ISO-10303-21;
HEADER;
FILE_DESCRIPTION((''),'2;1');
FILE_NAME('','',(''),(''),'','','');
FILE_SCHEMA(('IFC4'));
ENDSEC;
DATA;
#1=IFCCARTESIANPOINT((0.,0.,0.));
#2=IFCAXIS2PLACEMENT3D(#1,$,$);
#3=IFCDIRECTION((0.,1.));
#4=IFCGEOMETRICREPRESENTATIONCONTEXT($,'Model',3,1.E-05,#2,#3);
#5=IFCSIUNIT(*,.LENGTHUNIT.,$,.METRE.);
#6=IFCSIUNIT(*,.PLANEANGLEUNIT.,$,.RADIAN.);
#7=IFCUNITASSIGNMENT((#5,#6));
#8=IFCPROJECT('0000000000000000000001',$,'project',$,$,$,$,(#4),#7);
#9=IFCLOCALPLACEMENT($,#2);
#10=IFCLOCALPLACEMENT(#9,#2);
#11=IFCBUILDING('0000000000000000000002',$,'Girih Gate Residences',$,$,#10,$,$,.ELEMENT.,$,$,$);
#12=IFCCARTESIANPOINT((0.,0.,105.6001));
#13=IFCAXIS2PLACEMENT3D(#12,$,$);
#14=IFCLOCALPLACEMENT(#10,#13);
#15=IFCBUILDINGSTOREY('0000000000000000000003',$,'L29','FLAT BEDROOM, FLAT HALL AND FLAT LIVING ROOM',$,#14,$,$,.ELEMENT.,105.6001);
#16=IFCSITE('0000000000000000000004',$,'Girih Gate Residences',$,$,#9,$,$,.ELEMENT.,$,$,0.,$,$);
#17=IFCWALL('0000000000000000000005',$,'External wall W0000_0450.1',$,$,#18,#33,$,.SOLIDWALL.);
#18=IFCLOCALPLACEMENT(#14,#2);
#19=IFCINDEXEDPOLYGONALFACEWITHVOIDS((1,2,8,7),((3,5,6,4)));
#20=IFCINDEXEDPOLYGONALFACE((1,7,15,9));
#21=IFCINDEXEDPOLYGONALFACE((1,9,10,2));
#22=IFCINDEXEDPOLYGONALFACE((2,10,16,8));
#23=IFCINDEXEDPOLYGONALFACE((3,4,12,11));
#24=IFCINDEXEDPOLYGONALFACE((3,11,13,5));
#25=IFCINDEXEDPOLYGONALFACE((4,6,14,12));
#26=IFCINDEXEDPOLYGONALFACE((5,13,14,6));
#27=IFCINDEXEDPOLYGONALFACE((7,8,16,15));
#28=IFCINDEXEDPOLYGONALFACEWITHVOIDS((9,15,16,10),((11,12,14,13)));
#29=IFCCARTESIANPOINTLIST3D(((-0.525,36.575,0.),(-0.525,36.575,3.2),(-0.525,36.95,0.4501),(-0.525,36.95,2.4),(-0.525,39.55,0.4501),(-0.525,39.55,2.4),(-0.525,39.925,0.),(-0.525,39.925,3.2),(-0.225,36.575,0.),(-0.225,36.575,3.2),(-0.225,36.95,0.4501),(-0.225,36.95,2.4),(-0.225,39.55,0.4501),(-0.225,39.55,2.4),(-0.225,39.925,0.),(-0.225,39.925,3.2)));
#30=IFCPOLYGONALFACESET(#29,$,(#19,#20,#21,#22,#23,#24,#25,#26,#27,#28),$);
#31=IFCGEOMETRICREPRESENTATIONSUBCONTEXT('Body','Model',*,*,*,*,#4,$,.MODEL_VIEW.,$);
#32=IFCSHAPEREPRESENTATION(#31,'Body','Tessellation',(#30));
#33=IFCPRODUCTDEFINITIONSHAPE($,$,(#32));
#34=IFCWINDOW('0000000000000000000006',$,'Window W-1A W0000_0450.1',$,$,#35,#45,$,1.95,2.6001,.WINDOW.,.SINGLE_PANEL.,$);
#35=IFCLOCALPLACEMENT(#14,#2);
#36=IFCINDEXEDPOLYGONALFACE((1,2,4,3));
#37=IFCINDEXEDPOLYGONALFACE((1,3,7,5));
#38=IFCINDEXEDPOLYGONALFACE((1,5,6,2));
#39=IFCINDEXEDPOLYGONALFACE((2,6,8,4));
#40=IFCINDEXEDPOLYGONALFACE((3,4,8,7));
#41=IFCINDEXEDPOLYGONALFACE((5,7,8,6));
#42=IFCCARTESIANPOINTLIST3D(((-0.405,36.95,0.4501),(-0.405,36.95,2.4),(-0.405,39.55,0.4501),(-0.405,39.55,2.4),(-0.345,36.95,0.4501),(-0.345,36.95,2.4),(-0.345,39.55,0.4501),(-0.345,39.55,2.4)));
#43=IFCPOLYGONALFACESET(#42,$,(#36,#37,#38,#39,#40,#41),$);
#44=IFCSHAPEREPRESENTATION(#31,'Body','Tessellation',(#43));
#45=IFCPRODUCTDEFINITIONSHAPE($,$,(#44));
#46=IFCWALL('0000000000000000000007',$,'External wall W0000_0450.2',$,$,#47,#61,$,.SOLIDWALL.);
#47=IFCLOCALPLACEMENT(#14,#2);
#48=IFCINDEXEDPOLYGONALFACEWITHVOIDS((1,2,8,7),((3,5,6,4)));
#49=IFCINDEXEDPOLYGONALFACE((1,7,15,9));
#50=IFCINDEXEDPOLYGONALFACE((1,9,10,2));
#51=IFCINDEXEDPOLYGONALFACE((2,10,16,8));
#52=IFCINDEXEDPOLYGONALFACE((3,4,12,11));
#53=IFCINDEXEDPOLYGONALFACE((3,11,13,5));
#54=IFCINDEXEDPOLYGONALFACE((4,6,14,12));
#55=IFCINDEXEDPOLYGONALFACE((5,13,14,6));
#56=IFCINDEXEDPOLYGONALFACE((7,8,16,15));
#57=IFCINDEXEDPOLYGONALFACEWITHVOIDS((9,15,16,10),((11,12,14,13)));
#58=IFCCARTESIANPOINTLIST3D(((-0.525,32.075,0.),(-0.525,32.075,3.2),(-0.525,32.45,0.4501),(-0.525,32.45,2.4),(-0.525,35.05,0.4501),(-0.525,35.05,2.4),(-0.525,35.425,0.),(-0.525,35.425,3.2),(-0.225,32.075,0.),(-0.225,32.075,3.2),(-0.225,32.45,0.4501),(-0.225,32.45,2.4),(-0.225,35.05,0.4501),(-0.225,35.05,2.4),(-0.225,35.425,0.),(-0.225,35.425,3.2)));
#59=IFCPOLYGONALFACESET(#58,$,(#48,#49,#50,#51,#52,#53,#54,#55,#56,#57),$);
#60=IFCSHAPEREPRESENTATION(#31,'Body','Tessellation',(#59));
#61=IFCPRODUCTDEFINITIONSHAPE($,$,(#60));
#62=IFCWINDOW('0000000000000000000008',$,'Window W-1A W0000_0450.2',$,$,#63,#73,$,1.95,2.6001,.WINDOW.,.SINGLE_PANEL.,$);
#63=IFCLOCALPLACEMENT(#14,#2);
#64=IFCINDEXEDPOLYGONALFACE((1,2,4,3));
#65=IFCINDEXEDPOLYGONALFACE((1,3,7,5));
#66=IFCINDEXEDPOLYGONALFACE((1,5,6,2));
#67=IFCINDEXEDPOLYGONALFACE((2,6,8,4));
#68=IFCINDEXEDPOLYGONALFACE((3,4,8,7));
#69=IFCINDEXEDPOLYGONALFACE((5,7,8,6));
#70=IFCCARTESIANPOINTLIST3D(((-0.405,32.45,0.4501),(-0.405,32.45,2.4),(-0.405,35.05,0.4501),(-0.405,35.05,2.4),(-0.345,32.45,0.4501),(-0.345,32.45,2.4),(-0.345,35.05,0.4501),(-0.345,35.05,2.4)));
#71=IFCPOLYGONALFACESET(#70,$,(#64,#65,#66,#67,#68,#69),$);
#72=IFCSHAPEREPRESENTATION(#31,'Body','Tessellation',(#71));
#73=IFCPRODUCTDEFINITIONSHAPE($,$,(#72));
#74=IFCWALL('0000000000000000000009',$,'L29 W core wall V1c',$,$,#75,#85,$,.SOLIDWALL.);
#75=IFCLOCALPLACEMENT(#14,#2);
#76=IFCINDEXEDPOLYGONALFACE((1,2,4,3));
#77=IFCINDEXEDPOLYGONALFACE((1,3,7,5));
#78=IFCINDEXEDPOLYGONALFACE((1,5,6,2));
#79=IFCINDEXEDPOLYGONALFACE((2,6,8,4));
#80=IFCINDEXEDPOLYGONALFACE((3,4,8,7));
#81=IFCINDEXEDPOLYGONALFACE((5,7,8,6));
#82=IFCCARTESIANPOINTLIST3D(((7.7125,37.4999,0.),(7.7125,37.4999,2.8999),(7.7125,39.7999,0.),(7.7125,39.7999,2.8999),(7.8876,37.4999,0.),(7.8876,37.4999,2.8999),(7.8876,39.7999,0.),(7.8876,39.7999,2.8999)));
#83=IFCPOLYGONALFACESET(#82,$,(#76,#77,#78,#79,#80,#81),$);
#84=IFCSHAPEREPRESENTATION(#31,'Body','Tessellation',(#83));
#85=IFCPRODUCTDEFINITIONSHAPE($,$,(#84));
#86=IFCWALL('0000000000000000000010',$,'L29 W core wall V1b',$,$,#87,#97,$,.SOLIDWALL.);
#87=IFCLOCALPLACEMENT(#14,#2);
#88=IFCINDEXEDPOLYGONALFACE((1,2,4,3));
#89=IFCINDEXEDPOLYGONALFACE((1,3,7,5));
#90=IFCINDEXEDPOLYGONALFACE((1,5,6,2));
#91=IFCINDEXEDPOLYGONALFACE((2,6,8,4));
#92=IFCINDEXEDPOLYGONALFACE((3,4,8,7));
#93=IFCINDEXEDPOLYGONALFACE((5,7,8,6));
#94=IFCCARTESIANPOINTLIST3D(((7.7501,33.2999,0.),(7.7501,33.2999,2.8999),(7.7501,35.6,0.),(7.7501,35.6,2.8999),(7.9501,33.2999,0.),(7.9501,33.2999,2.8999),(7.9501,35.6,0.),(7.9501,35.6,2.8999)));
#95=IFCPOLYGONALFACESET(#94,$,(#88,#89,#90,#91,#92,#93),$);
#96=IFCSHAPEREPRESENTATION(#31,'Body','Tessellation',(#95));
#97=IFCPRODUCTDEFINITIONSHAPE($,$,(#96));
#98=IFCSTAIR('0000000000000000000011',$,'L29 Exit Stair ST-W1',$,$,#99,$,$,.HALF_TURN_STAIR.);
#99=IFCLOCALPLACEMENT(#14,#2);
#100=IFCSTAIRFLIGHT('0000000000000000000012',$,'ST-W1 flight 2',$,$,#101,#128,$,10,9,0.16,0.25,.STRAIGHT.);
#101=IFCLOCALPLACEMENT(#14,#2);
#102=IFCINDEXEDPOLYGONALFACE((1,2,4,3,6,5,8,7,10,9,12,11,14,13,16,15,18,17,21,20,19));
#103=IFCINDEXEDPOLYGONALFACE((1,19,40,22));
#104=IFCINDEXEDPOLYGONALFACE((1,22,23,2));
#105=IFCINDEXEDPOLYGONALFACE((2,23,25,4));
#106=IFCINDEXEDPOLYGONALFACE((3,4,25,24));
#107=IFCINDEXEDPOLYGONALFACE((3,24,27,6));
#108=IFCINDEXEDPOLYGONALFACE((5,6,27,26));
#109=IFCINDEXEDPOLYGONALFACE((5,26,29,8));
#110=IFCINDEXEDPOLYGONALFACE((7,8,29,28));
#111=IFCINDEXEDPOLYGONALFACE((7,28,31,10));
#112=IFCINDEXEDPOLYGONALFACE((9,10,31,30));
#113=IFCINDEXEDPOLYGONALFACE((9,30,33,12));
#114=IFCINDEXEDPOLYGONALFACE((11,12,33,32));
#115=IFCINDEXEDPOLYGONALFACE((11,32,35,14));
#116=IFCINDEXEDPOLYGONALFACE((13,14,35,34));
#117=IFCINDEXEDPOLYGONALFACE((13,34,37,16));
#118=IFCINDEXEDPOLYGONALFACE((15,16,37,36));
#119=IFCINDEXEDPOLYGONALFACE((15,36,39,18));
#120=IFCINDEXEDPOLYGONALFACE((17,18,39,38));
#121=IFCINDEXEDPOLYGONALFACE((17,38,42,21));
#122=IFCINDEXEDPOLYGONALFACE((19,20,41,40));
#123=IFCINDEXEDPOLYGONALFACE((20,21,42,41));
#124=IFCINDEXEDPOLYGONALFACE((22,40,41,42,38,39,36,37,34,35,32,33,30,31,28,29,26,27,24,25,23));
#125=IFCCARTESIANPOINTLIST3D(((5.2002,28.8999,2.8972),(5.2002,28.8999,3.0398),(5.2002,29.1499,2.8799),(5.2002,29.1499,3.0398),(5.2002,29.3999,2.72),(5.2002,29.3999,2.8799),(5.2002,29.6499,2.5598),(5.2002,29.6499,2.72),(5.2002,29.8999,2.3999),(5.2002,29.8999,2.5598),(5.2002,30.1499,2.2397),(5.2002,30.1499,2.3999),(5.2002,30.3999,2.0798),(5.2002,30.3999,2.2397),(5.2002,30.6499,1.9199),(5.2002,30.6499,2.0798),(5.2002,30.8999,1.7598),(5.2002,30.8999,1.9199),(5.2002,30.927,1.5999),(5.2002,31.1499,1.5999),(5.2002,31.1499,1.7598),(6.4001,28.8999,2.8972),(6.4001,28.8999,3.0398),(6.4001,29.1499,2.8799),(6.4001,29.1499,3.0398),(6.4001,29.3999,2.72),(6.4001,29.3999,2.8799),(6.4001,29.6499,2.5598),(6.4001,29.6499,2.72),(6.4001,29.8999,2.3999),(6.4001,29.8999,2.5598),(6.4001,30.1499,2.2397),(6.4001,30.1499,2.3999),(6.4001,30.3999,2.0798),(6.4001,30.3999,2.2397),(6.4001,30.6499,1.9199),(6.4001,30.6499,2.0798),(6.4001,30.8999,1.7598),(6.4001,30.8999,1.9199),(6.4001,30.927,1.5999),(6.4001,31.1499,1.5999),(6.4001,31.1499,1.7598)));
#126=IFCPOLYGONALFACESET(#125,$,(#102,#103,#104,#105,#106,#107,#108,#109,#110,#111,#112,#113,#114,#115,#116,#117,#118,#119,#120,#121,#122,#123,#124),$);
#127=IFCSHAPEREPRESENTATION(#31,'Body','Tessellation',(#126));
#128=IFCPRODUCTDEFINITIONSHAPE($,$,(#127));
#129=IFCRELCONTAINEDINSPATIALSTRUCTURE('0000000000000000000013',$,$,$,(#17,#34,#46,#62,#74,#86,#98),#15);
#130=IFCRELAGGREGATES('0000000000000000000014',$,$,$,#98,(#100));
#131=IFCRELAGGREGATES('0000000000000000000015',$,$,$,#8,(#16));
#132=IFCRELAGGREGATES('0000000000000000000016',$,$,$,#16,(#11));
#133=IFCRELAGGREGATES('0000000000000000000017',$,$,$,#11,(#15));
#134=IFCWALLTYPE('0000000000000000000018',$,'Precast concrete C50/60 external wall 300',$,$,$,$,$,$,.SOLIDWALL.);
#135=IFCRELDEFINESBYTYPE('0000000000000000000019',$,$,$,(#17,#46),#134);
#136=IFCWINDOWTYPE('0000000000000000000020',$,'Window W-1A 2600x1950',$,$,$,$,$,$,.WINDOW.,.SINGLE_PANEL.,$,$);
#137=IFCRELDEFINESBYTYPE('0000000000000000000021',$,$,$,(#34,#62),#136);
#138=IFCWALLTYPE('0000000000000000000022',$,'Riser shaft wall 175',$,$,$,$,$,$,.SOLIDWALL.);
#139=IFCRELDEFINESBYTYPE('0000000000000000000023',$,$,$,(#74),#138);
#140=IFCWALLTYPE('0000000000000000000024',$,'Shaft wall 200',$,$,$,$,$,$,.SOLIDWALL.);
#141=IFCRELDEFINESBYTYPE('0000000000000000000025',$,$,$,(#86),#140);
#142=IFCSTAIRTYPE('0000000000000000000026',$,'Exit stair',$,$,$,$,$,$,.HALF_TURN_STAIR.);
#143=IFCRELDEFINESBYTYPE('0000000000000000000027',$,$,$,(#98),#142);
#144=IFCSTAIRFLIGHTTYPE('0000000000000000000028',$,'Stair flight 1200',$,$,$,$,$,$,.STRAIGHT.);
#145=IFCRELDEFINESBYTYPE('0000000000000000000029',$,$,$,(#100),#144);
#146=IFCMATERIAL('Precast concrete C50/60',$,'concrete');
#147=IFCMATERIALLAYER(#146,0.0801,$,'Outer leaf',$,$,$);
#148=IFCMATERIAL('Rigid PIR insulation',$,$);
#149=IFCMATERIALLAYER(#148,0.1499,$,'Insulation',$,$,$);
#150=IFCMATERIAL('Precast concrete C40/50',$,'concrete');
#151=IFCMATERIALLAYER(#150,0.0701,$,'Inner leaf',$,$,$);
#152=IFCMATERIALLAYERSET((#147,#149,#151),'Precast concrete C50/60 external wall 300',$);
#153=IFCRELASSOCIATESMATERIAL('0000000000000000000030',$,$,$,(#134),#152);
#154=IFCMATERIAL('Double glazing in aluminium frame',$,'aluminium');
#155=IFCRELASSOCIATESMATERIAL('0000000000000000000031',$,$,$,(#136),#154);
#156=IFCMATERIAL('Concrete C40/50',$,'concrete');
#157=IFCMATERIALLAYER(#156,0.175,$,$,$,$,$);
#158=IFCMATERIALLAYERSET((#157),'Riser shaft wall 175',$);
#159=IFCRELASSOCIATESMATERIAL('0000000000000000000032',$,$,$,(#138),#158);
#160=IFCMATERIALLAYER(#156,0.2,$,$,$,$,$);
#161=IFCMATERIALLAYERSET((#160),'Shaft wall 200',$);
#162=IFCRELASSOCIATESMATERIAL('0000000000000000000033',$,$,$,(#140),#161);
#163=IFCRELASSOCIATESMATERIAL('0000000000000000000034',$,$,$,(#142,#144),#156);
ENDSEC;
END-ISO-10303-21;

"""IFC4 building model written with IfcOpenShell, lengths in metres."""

from ifc_helpers import new_model, si_unit, direction, frame, frame_2d, origin, place, context, subcontext, project, spatial, polyline, rectangle, outline, extrude, material, layer, layer_set, type_object, element, fill, aggregate, save


model = new_model("IFC4")

# Units and contexts
model_context = context("Model", 3, precision=1e-05, world=origin(), true_north=direction((0.0, 1.0)))
body_context = subcontext(model_context, "Body", "Model", "MODEL_VIEW")
ifc_project = project(units=[si_unit("LENGTHUNIT", "METRE"), si_unit("PLANEANGLEUNIT", "RADIAN")], contexts=[model_context])

# Site, building, storey
site_placement = place(None, origin())
site = spatial("IfcSite", under=ifc_project, at=site_placement, Name="Girih Gate Residences", CompositionType="ELEMENT", RefElevation=0.0)
building_placement = place(site_placement, origin())
building = spatial("IfcBuilding", under=site, at=building_placement, Name="Girih Gate Residences", CompositionType="ELEMENT")
storey_placement = place(building_placement, frame((0.0, 0.0, 105.6001)))
storey = spatial("IfcBuildingStorey", under=building, at=storey_placement, Name="L29", Description="FLAT BEDROOM, FLAT HALL AND FLAT LIVING ROOM", CompositionType="ELEMENT", Elevation=105.6001)

# Shared definitions
ifc_material_1 = material(Name="Concrete C40/50", Category="concrete")

# Walls, openings, windows
ifc_material_2 = material(Name="Precast concrete C50/60", Category="concrete")
ifc_layer_1 = layer(ifc_material_2, 0.0801, Name="Outer leaf")
ifc_material_3 = material(Name="Rigid PIR insulation")
ifc_layer_2 = layer(ifc_material_3, 0.1499, Name="Insulation")
ifc_material_4 = material(Name="Precast concrete C40/50", Category="concrete")
ifc_layer_3 = layer(ifc_material_4, 0.0701, Name="Inner leaf")
ifc_layer_set_1 = layer_set([ifc_layer_1, ifc_layer_2, ifc_layer_3], Name="Precast concrete C50/60 external wall 300")
wall_type_1 = type_object("IfcWallType", Name="Precast concrete C50/60 external wall 300", PredefinedType="SOLIDWALL", material=ifc_layer_set_1)
wall_1_placement = place(storey_placement, frame((-0.375, 36.575, 0.0), z_axis=(0.0, 0.0, 1.0), x_axis=(0.0, 1.0, 0.0)))
wall_1 = element("IfcWall", 1, at=wall_1_placement, inside=storey, type_object=wall_type_1, Name="External wall W0000_0450.1", PredefinedType="SOLIDWALL", context=body_context, shape_type="SweptSolid", body=[
    extrude(rectangle(XDim=3.3501, YDim=0.3, at=frame_2d((1.675, 0.0))), origin(), (0.0, 0.0, 1.0), 3.2),
])
opening_1_placement = place(wall_1_placement, frame((0.375, 0.0, 0.45)))
opening_1 = element("IfcOpeningElement", 2, at=opening_1_placement, cuts=wall_1, PredefinedType="OPENING", context=body_context, shape_type="SweptSolid", body=[
    extrude(rectangle(XDim=2.6001, YDim=1.95, at=frame_2d((1.3, 0.9751))), frame((0.0, 0.1599, 0.0), z_axis=(0.0, -1.0, 0.0), x_axis=(1.0, 0.0, 0.0)), (0.0, 0.0, 1.0), 0.3201),
])
ifc_material_5 = material(Name="Double glazing in aluminium frame", Category="aluminium")
window_type = type_object("IfcWindowType", Name="Window W-1A 2600x1950", PartitioningType="SINGLE_PANEL", PredefinedType="WINDOW", material=ifc_material_5)
window_1_placement = place(opening_1_placement, origin())
window_1 = element("IfcWindow", 3, at=window_1_placement, inside=storey, type_object=window_type, Name="Window W-1A W0000_0450.1", OverallHeight=1.95, OverallWidth=2.6001, PartitioningType="SINGLE_PANEL", PredefinedType="WINDOW", context=body_context, shape_type="SweptSolid", body=[
    extrude(rectangle(XDim=2.6001, YDim=1.95, at=frame_2d((1.3, 0.9751))), frame((0.0, 0.03, 0.0), z_axis=(0.0, -1.0, 0.0), x_axis=(1.0, 0.0, 0.0)), (0.0, 0.0, 1.0), 0.0601),
])
fill(opening_1, window_1)
wall_2_placement = place(storey_placement, frame((-0.375, 32.075, 0.0), z_axis=(0.0, 0.0, 1.0), x_axis=(0.0, 1.0, 0.0)))
wall_2 = element("IfcWall", 4, at=wall_2_placement, inside=storey, type_object=wall_type_1, Name="External wall W0000_0450.2", PredefinedType="SOLIDWALL", context=body_context, shape_type="SweptSolid", body=[
    extrude(rectangle(XDim=3.3501, YDim=0.3, at=frame_2d((1.675, 0.0))), origin(), (0.0, 0.0, 1.0), 3.2),
])
opening_2_placement = place(wall_2_placement, frame((0.375, 0.0, 0.45)))
opening_2 = element("IfcOpeningElement", 5, at=opening_2_placement, cuts=wall_2, PredefinedType="OPENING", context=body_context, shape_type="SweptSolid", body=[
    extrude(rectangle(XDim=2.6001, YDim=1.95, at=frame_2d((1.3, 0.9751))), frame((0.0, 0.1599, 0.0), z_axis=(0.0, -1.0, 0.0), x_axis=(1.0, 0.0, 0.0)), (0.0, 0.0, 1.0), 0.3201),
])
window_2_placement = place(opening_2_placement, origin())
window_2 = element("IfcWindow", 6, at=window_2_placement, inside=storey, type_object=window_type, Name="Window W-1A W0000_0450.2", OverallHeight=1.95, OverallWidth=2.6001, PartitioningType="SINGLE_PANEL", PredefinedType="WINDOW", context=body_context, shape_type="SweptSolid", body=[
    extrude(rectangle(XDim=2.6001, YDim=1.95, at=frame_2d((1.3, 0.9751))), frame((0.0, 0.03, 0.0), z_axis=(0.0, -1.0, 0.0), x_axis=(1.0, 0.0, 0.0)), (0.0, 0.0, 1.0), 0.0601),
])
fill(opening_2, window_2)

# Walls
ifc_layer_4 = layer(ifc_material_1, 0.175)
ifc_layer_set_2 = layer_set([ifc_layer_4], Name="Riser shaft wall 175")
wall_type_2 = type_object("IfcWallType", Name="Riser shaft wall 175", PredefinedType="SOLIDWALL", material=ifc_layer_set_2)
wall_3_placement = place(storey_placement, frame((7.8, 37.5, 0.0), z_axis=(0.0, 0.0, 1.0), x_axis=(0.0, 1.0, 0.0)))
element("IfcWall", 7, at=wall_3_placement, inside=storey, type_object=wall_type_2, Name="L29 W core wall V1c", PredefinedType="SOLIDWALL", context=body_context, shape_type="SweptSolid", body=[
    extrude(rectangle(XDim=2.3, YDim=0.175, at=frame_2d((1.1499, 0.0))), origin(), (0.0, 0.0, 1.0), 2.8999),
])
ifc_layer_5 = layer(ifc_material_1, 0.2)
ifc_layer_set_3 = layer_set([ifc_layer_5], Name="Shaft wall 200")
wall_type_3 = type_object("IfcWallType", Name="Shaft wall 200", PredefinedType="SOLIDWALL", material=ifc_layer_set_3)
wall_4_placement = place(storey_placement, frame((7.8501, 33.3, 0.0), z_axis=(0.0, 0.0, 1.0), x_axis=(0.0, 1.0, 0.0)))
element("IfcWall", 8, at=wall_4_placement, inside=storey, type_object=wall_type_3, Name="L29 W core wall V1b", PredefinedType="SOLIDWALL", context=body_context, shape_type="SweptSolid", body=[
    extrude(rectangle(XDim=2.3, YDim=0.2, at=frame_2d((1.1499, 0.0))), origin(), (0.0, 0.0, 1.0), 2.8999),
])

# Stair, stair flight
stair_type = type_object("IfcStairType", Name="Exit stair", PredefinedType="HALF_TURN_STAIR", material=ifc_material_1)
stair_placement = place(storey_placement, origin())
stair = element("IfcStair", 9, at=stair_placement, inside=storey, type_object=stair_type, Name="L29 Exit Stair ST-W1", PredefinedType="HALF_TURN_STAIR")
stair_flight_type = type_object("IfcStairFlightType", Name="Stair flight 1200", PredefinedType="STRAIGHT", material=ifc_material_1)
stair_flight_placement = place(storey_placement, frame((5.8, 31.1499, 1.5999), z_axis=(0.0, 0.0, 1.0), x_axis=(0.0, -1.0, 0.0)))
stair_flight = element("IfcStairFlight", 10, at=stair_flight_placement, type_object=stair_flight_type, Name="ST-W1 flight 2", NumberOfRisers=10, NumberOfTreads=9, PredefinedType="STRAIGHT", RiserHeight=0.16, TreadLength=0.25, context=body_context, shape_type="SweptSolid", body=[
    extrude(outline(polyline([(0.0, 0.0), (0.0, 0.1599), (0.25, 0.1599), (0.25, 0.3201), (0.5, 0.3201), (0.5, 0.48), (0.75, 0.48), (0.75, 0.6399), (1.0, 0.6399), (1.0, 0.8), (1.25, 0.8), (1.25, 0.96), (1.5, 0.96), (1.5, 1.1201), (1.75, 1.1201), (1.75, 1.28), (2.0, 1.28), (2.0, 1.4399), (2.25, 1.4399), (2.25, 1.6001), (2.25, 1.2974), (0.2229, 0.0), (0.0, 0.0)])), frame((0.0, 0.6001, 0.0), z_axis=(0.0, -1.0, 0.0), x_axis=(1.0, 0.0, 0.0)), (0.0, 0.0, 1.0), 1.2),
])
aggregate(stair, [stair_flight])

save(model, "model.ifc")
